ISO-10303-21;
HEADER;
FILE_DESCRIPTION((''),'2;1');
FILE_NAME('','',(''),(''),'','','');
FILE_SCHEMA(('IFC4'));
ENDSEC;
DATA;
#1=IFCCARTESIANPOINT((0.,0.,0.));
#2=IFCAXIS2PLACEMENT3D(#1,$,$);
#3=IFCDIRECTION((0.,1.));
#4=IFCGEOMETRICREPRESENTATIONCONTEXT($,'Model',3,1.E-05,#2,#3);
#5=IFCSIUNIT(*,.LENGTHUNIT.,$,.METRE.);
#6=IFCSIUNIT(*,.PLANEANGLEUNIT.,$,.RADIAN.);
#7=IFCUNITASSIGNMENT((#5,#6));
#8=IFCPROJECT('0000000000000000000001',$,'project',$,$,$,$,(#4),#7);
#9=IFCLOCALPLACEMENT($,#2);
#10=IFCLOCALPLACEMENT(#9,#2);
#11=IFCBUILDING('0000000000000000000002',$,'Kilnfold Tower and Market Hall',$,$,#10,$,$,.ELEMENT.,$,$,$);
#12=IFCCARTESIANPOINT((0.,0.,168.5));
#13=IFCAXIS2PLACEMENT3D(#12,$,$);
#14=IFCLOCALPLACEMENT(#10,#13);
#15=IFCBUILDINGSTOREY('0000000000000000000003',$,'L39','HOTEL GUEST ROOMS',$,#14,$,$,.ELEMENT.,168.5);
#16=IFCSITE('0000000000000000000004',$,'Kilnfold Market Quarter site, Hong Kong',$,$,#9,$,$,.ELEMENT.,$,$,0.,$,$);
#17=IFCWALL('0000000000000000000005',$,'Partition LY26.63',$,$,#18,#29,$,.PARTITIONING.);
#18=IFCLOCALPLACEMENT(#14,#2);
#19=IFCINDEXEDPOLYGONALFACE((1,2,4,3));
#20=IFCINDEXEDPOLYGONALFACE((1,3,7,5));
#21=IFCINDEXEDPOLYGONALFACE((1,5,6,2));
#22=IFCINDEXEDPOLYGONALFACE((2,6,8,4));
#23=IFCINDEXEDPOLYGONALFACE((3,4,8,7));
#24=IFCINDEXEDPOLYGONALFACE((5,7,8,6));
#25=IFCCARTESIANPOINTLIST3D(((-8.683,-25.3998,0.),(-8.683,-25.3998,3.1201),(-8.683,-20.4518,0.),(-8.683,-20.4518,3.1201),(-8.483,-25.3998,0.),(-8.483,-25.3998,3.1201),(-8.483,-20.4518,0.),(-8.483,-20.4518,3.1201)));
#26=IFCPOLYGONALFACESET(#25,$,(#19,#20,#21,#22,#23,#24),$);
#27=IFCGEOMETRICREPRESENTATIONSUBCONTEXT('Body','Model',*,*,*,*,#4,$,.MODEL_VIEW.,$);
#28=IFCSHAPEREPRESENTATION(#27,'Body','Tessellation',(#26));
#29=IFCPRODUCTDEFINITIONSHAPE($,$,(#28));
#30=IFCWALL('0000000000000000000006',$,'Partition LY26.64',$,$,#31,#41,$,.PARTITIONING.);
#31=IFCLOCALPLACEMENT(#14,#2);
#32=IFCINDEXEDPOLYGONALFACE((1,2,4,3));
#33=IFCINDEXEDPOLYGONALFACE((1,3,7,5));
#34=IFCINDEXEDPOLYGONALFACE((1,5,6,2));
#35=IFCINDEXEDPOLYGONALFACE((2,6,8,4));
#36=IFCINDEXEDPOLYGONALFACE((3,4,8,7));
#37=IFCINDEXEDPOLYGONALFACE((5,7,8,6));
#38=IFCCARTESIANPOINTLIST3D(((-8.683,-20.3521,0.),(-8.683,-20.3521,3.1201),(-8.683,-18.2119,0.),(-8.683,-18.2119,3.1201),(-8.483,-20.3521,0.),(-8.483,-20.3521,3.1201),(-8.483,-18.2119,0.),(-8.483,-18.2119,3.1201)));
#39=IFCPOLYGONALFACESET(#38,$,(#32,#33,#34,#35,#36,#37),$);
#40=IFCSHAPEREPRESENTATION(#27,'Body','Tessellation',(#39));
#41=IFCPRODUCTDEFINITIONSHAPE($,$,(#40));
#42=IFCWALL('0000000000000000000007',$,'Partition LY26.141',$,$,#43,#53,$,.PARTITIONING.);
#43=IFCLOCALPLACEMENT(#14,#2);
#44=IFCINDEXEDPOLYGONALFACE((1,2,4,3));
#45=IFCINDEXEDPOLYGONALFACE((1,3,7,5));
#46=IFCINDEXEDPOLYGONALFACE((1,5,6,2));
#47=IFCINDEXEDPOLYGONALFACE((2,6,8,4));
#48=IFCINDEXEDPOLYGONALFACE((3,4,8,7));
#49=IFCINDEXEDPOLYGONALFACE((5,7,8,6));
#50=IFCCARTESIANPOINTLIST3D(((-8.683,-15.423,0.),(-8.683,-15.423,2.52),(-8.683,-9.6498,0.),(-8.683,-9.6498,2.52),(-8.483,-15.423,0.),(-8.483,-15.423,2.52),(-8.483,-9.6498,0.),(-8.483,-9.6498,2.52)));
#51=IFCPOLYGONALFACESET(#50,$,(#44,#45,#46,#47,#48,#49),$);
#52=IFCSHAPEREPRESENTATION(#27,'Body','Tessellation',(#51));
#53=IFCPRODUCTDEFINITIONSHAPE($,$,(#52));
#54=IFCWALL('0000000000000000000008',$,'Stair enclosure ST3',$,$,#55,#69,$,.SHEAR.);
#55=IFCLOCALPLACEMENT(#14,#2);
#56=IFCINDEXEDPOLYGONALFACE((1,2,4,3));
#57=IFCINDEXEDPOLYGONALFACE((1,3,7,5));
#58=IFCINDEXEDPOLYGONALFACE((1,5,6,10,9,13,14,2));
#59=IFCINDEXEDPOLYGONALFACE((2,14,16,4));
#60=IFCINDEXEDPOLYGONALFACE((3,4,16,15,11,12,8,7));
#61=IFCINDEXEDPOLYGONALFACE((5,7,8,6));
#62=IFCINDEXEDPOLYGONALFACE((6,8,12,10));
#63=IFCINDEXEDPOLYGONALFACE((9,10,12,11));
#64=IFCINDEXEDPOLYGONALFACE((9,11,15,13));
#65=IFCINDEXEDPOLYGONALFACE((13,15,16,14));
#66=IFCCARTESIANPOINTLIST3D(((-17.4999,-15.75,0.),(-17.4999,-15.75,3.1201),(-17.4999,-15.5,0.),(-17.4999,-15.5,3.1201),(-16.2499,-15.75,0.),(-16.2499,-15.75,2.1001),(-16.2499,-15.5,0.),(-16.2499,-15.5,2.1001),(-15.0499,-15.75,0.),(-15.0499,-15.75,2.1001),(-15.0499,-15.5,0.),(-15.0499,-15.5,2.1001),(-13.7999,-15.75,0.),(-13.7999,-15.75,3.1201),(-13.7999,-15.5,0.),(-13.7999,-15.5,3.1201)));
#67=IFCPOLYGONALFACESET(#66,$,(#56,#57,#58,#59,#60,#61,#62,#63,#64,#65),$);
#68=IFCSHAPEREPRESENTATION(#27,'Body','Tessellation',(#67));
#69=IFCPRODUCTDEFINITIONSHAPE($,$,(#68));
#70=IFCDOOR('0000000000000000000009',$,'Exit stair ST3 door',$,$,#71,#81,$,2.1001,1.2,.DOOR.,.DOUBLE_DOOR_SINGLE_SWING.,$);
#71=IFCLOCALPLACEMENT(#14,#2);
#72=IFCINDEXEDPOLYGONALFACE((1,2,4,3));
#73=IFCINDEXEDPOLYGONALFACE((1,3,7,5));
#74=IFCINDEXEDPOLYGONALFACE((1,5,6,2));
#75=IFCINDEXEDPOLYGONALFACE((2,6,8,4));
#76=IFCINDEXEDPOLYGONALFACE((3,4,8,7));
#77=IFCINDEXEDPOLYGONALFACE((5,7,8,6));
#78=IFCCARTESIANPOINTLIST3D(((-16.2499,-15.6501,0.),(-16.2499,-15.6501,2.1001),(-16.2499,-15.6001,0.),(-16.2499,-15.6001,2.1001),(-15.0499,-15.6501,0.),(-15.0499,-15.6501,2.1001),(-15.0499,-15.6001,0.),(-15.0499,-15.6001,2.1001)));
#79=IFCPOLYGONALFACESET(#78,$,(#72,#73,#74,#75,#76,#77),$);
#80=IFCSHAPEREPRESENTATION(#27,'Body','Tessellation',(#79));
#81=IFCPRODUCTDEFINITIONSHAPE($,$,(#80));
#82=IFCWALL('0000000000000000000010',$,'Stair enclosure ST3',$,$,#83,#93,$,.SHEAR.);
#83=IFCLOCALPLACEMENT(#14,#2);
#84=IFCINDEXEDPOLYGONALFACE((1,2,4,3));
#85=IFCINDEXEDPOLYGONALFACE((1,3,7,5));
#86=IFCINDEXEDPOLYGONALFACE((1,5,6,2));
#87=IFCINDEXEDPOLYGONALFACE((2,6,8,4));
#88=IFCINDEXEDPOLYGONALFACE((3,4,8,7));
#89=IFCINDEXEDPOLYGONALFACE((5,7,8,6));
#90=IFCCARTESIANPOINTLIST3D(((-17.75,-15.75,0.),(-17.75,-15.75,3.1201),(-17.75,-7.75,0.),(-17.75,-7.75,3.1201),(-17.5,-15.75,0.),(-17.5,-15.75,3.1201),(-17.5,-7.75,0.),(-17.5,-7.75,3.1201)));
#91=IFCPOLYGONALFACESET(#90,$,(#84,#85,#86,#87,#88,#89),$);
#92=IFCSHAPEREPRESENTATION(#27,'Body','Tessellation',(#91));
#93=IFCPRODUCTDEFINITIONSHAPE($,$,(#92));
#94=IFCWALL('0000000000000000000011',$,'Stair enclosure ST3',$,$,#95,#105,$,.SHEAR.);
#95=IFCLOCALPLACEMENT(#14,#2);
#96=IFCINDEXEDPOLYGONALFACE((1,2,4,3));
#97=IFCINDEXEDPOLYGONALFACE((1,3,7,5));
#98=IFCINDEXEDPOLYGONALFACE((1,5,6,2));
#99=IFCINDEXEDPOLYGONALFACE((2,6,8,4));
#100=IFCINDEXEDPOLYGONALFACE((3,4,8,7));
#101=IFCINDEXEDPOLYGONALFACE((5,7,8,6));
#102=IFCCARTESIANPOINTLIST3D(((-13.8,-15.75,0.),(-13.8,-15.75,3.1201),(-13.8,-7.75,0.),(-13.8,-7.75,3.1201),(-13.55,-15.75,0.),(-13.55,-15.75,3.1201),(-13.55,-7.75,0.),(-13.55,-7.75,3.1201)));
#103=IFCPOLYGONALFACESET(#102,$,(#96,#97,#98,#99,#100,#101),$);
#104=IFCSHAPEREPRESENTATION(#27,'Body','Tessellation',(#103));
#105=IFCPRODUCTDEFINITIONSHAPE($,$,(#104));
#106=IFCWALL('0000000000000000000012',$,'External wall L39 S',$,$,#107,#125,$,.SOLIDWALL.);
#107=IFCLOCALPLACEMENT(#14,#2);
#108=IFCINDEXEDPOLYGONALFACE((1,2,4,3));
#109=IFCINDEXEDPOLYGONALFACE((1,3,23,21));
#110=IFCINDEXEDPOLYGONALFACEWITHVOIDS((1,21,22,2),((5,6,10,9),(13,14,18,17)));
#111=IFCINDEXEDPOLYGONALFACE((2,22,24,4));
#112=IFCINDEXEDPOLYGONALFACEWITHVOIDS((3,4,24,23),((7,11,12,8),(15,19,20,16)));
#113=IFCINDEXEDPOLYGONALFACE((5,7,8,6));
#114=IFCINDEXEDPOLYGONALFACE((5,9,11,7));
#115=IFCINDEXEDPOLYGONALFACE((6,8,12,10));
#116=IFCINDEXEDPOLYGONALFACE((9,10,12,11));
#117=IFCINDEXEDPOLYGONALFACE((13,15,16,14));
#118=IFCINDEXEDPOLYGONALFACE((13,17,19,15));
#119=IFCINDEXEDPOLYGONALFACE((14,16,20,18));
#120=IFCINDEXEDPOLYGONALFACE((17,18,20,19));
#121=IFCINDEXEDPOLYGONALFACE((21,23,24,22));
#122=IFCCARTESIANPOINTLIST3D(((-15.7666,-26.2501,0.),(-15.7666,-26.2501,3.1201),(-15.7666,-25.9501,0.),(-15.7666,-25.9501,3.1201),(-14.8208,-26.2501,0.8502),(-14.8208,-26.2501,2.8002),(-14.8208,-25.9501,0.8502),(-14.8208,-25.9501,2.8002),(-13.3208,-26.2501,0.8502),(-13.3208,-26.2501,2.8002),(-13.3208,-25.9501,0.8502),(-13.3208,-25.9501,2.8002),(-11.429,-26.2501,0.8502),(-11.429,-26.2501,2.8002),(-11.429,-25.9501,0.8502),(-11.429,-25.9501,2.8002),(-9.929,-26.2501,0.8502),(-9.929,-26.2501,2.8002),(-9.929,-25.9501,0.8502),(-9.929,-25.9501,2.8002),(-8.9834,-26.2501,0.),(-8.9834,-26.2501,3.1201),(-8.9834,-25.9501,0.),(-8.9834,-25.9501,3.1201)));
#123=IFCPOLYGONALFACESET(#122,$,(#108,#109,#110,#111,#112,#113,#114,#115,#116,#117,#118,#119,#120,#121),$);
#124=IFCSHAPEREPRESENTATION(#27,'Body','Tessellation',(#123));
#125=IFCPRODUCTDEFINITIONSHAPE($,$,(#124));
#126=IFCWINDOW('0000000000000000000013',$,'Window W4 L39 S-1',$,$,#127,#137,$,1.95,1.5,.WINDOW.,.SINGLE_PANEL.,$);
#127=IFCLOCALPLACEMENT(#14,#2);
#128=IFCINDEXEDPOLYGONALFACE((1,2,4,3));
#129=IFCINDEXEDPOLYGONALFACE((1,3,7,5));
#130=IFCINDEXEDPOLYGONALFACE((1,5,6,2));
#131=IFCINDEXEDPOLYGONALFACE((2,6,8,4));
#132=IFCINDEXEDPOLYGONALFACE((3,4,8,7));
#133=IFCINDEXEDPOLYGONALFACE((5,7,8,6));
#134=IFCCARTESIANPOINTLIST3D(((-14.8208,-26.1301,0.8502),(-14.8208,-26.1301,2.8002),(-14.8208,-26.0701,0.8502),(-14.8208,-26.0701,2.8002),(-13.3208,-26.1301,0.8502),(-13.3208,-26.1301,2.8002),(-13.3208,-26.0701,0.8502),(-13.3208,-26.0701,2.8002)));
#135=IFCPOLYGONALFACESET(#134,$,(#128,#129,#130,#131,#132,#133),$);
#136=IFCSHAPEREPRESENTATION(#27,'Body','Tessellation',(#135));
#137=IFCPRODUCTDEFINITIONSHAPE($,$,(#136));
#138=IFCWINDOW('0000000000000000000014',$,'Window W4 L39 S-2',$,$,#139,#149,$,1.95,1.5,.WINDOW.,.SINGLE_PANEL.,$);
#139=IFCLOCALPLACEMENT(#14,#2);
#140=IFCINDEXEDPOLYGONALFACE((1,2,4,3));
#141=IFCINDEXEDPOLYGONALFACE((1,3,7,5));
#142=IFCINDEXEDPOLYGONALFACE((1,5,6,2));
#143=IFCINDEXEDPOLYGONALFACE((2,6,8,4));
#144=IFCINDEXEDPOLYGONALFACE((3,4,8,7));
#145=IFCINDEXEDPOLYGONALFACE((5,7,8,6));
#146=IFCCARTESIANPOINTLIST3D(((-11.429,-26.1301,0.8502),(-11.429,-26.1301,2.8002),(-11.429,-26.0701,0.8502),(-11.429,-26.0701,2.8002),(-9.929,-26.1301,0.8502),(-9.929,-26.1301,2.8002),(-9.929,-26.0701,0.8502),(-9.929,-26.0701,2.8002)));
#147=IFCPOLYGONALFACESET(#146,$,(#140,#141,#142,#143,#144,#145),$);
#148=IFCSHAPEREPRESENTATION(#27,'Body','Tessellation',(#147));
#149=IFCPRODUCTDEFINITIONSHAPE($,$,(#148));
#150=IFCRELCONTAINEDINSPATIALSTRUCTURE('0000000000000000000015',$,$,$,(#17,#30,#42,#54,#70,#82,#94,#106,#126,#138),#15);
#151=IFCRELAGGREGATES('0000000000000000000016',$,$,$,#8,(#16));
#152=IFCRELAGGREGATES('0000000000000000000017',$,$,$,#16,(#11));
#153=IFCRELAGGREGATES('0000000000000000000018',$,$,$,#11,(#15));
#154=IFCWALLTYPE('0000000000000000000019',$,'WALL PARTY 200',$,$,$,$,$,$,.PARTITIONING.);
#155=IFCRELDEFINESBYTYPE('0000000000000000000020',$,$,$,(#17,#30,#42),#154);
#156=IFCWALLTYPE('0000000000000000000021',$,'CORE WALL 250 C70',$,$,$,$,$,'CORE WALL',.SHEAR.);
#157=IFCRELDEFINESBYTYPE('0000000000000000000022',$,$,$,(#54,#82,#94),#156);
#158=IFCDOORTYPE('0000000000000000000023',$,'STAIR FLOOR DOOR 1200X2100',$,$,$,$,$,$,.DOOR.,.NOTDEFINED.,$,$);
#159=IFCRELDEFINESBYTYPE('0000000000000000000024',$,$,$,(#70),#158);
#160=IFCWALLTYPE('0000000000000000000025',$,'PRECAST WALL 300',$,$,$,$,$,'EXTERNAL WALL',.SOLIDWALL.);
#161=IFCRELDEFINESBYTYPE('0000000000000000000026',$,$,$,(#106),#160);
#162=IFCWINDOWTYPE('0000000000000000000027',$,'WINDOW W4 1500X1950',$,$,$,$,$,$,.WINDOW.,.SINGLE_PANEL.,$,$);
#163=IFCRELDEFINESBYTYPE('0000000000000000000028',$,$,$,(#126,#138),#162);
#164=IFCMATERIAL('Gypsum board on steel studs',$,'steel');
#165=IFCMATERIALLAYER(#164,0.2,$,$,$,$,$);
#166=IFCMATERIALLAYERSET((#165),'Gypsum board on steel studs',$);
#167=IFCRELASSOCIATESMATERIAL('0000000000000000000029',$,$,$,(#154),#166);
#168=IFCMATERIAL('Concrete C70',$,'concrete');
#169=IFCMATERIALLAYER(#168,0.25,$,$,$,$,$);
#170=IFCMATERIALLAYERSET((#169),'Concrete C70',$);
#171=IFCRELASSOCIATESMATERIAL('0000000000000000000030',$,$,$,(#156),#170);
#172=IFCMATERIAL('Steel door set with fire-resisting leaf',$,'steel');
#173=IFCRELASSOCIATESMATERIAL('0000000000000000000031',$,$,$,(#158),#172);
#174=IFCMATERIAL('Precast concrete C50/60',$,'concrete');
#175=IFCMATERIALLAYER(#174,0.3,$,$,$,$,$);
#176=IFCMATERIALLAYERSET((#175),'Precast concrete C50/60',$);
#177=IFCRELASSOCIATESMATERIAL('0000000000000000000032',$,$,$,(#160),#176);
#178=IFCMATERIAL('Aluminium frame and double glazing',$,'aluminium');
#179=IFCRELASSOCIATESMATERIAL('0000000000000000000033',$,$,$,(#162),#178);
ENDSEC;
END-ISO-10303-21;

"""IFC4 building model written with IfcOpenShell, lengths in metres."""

from ifc_helpers import new_model, si_unit, direction, frame, frame_2d, origin, place, context, subcontext, project, spatial, rectangle, extrude, source, transform, mapped, material, layer, layer_set, type_object, element, fill, save


model = new_model("IFC4")

# Units and contexts
model_context = context("Model", 3, precision=1e-05, world=origin(), true_north=direction((0.0, 1.0)))
body_context = subcontext(model_context, "Body", "Model", "MODEL_VIEW")
ifc_project = project(units=[si_unit("LENGTHUNIT", "METRE"), si_unit("PLANEANGLEUNIT", "RADIAN")], contexts=[model_context])

# Site, building, storey
site_placement = place(None, origin())
site = spatial("IfcSite", under=ifc_project, at=site_placement, Name="Kilnfold Market Quarter site, Hong Kong", CompositionType="ELEMENT", RefElevation=0.0)
building_placement = place(site_placement, origin())
building = spatial("IfcBuilding", under=site, at=building_placement, Name="Kilnfold Tower and Market Hall", CompositionType="ELEMENT")
storey_placement = place(building_placement, frame((0.0, 0.0, 168.5)))
storey = spatial("IfcBuildingStorey", under=building, at=storey_placement, Name="L39", Description="HOTEL GUEST ROOMS", CompositionType="ELEMENT", Elevation=168.5)

# Walls
ifc_material_1 = material(Name="Gypsum board on steel studs", Category="steel")
ifc_layer_1 = layer(ifc_material_1, 0.2)
ifc_layer_set_1 = layer_set([ifc_layer_1], Name="Gypsum board on steel studs")
wall_type_1 = type_object("IfcWallType", Name="WALL PARTY 200", PredefinedType="PARTITIONING", material=ifc_layer_set_1)
wall_1_placement = place(storey_placement, frame((-8.583, -25.3999, 0.0), z_axis=(0.0, 0.0, 1.0), x_axis=(0.0, 1.0, 0.0)))
element("IfcWall", 1, at=wall_1_placement, inside=storey, type_object=wall_type_1, Name="Partition LY26.63", PredefinedType="PARTITIONING", context=body_context, shape_type="SweptSolid", body=[
    extrude(rectangle(XDim=4.948, YDim=0.2, at=frame_2d((2.4741, 0.0))), origin(), (0.0, 0.0, 1.0), 3.1201),
])
wall_2_placement = place(storey_placement, frame((-8.583, -20.3521, 0.0), z_axis=(0.0, 0.0, 1.0), x_axis=(0.0, 1.0, 0.0)))
element("IfcWall", 2, at=wall_2_placement, inside=storey, type_object=wall_type_1, Name="Partition LY26.64", PredefinedType="PARTITIONING", context=body_context, shape_type="SweptSolid", body=[
    extrude(rectangle(XDim=2.1401, YDim=0.2, at=frame_2d((1.0701, 0.0))), origin(), (0.0, 0.0, 1.0), 3.1201),
])
wall_3_placement = place(storey_placement, frame((-8.583, -15.4231, 0.0), z_axis=(0.0, 0.0, 1.0), x_axis=(0.0, 1.0, 0.0)))
element("IfcWall", 3, at=wall_3_placement, inside=storey, type_object=wall_type_1, Name="Partition LY26.141", PredefinedType="PARTITIONING", context=body_context, shape_type="SweptSolid", body=[
    extrude(rectangle(XDim=5.7732, YDim=0.2, at=frame_2d((2.8867, 0.0))), origin(), (0.0, 0.0, 1.0), 2.52),
])

# Wall, opening, door
ifc_material_2 = material(Name="Concrete C70", Category="concrete")
ifc_layer_2 = layer(ifc_material_2, 0.25)
ifc_layer_set_2 = layer_set([ifc_layer_2], Name="Concrete C70")
wall_type_2 = type_object("IfcWallType", Name="CORE WALL 250 C70", ElementType="CORE WALL", PredefinedType="SHEAR", material=ifc_layer_set_2)
shared_shape_1 = source(origin(), body_context, "Body", "SweptSolid", [
    extrude(rectangle(XDim=3.7, YDim=0.25, at=frame_2d((1.8501, 0.0))), origin(), (0.0, 0.0, 1.0), 3.1201),
])
wall_4_placement = place(storey_placement, frame((-17.5, -15.625, 0.0), z_axis=(0.0, 0.0, 1.0), x_axis=(1.0, 0.0, 0.0)))
wall_4 = element("IfcWall", 4, at=wall_4_placement, inside=storey, type_object=wall_type_2, Name="Stair enclosure ST3", PredefinedType="SHEAR", context=body_context, shape_type="MappedRepresentation", body=[
    mapped(shared_shape_1, transform((0.0, 0.0, 0.0))),
])
opening_1_placement = place(wall_4_placement, frame((1.25, 0.0, 0.0)))
opening_1 = element("IfcOpeningElement", 5, at=opening_1_placement, cuts=wall_4, PredefinedType="OPENING", context=body_context, shape_type="SweptSolid", body=[
    extrude(rectangle(XDim=1.2, YDim=2.1001, at=frame_2d((0.6001, 1.05))), frame((0.0, 0.135, 0.0), z_axis=(0.0, -1.0, 0.0), x_axis=(1.0, 0.0, 0.0)), (0.0, 0.0, 1.0), 0.27),
])
ifc_material_3 = material(Name="Steel door set with fire-resisting leaf", Category="steel")
door_type_1 = type_object("IfcDoorType", Name="STAIR FLOOR DOOR 1200X2100", OperationType="NOTDEFINED", PredefinedType="DOOR", material=ifc_material_3)
door_1_placement = place(opening_1_placement, origin())
door_1 = element("IfcDoor", 6, at=door_1_placement, inside=storey, type_object=door_type_1, Name="Exit stair ST3 door", OperationType="DOUBLE_DOOR_SINGLE_SWING", OverallHeight=2.1001, OverallWidth=1.2, PredefinedType="DOOR", context=body_context, shape_type="SweptSolid", body=[
    extrude(rectangle(XDim=1.2, YDim=2.1001, at=frame_2d((0.6001, 1.05))), frame((0.0, 0.0249, 0.0), z_axis=(0.0, -1.0, 0.0), x_axis=(1.0, 0.0, 0.0)), (0.0, 0.0, 1.0), 0.05),
])
fill(opening_1, door_1)

# Walls
shared_shape_2 = source(origin(), body_context, "Body", "SweptSolid", [
    extrude(rectangle(XDim=8.0, YDim=0.25, at=frame_2d((4.0, 0.0))), origin(), (0.0, 0.0, 1.0), 3.1201),
])
for number, where, z_axis, x_axis, name in (
    (7, (-17.625, -15.75, 0.0), (0.0, 0.0, 1.0), (0.0, 1.0, 0.0), "Stair enclosure ST3"),
    (8, (-13.675, -15.75, 0.0), (0.0, 0.0, 1.0), (0.0, 1.0, 0.0), "Stair enclosure ST3"),
):
    element("IfcWall", number, at=place(storey_placement, frame(where, z_axis=z_axis, x_axis=x_axis)), inside=storey, type_object=wall_type_2, Name=name, PredefinedType="SHEAR", context=body_context, shape_type="MappedRepresentation", body=[
        mapped(shared_shape_2, transform((0.0, 0.0, 0.0))),
    ])

# Wall, openings, windows
ifc_material_4 = material(Name="Precast concrete C50/60", Category="concrete")
ifc_layer_3 = layer(ifc_material_4, 0.3)
ifc_layer_set_3 = layer_set([ifc_layer_3], Name="Precast concrete C50/60")
wall_type_3 = type_object("IfcWallType", Name="PRECAST WALL 300", ElementType="EXTERNAL WALL", PredefinedType="SOLIDWALL", material=ifc_layer_set_3)
shared_shape_3 = source(origin(), body_context, "Body", "SweptSolid", [
    extrude(rectangle(XDim=6.7832, YDim=0.3, at=frame_2d((3.3916, 0.0))), origin(), (0.0, 0.0, 1.0), 3.1201),
])
wall_5_placement = place(storey_placement, frame((-15.7666, -26.1001, 0.0), z_axis=(0.0, 0.0, 1.0), x_axis=(1.0, 0.0, 0.0)))
wall_5 = element("IfcWall", 9, at=wall_5_placement, inside=storey, type_object=wall_type_3, Name="External wall L39 S", PredefinedType="SOLIDWALL", context=body_context, shape_type="MappedRepresentation", body=[
    mapped(shared_shape_3, transform((0.0, 0.0, 0.0))),
])
opening_2_placement = place(wall_5_placement, frame((0.9458, 0.0, 0.8501)))
opening_2 = element("IfcOpeningElement", 10, at=opening_2_placement, cuts=wall_5, PredefinedType="OPENING", context=body_context, shape_type="SweptSolid", body=[
    extrude(rectangle(XDim=1.5, YDim=1.95, at=frame_2d((0.75, 0.9751))), frame((0.0, 0.1602, 0.0), z_axis=(0.0, -1.0, 0.0), x_axis=(1.0, 0.0, 0.0)), (0.0, 0.0, 1.0), 0.3201),
])
opening_3_placement = place(wall_5_placement, frame((4.3376, 0.0, 0.8501)))
opening_3 = element("IfcOpeningElement", 11, at=opening_3_placement, cuts=wall_5, PredefinedType="OPENING", context=body_context, shape_type="SweptSolid", body=[
    extrude(rectangle(XDim=1.5, YDim=1.95, at=frame_2d((0.75, 0.9751))), frame((0.0, 0.1602, 0.0), z_axis=(0.0, -1.0, 0.0), x_axis=(1.0, 0.0, 0.0)), (0.0, 0.0, 1.0), 0.3201),
])
ifc_material_5 = material(Name="Aluminium frame and double glazing", Category="aluminium")
window_type = type_object("IfcWindowType", Name="WINDOW W4 1500X1950", PartitioningType="SINGLE_PANEL", PredefinedType="WINDOW", material=ifc_material_5)
window_1_placement = place(opening_2_placement, origin())
window_1 = element("IfcWindow", 12, at=window_1_placement, inside=storey, type_object=window_type, Name="Window W4 L39 S-1", OverallHeight=1.95, OverallWidth=1.5, PartitioningType="SINGLE_PANEL", PredefinedType="WINDOW", context=body_context, shape_type="SweptSolid", body=[
    extrude(rectangle(XDim=1.5, YDim=1.95, at=frame_2d((0.75, 0.9751))), frame((0.0, 0.03, 0.0), z_axis=(0.0, -1.0, 0.0), x_axis=(1.0, 0.0, 0.0)), (0.0, 0.0, 1.0), 0.0601),
])
fill(opening_2, window_1)
window_2_placement = place(opening_3_placement, origin())
window_2 = element("IfcWindow", 13, at=window_2_placement, inside=storey, type_object=window_type, Name="Window W4 L39 S-2", OverallHeight=1.95, OverallWidth=1.5, PartitioningType="SINGLE_PANEL", PredefinedType="WINDOW", context=body_context, shape_type="SweptSolid", body=[
    extrude(rectangle(XDim=1.5, YDim=1.95, at=frame_2d((0.75, 0.9751))), frame((0.0, 0.03, 0.0), z_axis=(0.0, -1.0, 0.0), x_axis=(1.0, 0.0, 0.0)), (0.0, 0.0, 1.0), 0.0601),
])
fill(opening_3, window_2)

save(model, "model.ifc")
